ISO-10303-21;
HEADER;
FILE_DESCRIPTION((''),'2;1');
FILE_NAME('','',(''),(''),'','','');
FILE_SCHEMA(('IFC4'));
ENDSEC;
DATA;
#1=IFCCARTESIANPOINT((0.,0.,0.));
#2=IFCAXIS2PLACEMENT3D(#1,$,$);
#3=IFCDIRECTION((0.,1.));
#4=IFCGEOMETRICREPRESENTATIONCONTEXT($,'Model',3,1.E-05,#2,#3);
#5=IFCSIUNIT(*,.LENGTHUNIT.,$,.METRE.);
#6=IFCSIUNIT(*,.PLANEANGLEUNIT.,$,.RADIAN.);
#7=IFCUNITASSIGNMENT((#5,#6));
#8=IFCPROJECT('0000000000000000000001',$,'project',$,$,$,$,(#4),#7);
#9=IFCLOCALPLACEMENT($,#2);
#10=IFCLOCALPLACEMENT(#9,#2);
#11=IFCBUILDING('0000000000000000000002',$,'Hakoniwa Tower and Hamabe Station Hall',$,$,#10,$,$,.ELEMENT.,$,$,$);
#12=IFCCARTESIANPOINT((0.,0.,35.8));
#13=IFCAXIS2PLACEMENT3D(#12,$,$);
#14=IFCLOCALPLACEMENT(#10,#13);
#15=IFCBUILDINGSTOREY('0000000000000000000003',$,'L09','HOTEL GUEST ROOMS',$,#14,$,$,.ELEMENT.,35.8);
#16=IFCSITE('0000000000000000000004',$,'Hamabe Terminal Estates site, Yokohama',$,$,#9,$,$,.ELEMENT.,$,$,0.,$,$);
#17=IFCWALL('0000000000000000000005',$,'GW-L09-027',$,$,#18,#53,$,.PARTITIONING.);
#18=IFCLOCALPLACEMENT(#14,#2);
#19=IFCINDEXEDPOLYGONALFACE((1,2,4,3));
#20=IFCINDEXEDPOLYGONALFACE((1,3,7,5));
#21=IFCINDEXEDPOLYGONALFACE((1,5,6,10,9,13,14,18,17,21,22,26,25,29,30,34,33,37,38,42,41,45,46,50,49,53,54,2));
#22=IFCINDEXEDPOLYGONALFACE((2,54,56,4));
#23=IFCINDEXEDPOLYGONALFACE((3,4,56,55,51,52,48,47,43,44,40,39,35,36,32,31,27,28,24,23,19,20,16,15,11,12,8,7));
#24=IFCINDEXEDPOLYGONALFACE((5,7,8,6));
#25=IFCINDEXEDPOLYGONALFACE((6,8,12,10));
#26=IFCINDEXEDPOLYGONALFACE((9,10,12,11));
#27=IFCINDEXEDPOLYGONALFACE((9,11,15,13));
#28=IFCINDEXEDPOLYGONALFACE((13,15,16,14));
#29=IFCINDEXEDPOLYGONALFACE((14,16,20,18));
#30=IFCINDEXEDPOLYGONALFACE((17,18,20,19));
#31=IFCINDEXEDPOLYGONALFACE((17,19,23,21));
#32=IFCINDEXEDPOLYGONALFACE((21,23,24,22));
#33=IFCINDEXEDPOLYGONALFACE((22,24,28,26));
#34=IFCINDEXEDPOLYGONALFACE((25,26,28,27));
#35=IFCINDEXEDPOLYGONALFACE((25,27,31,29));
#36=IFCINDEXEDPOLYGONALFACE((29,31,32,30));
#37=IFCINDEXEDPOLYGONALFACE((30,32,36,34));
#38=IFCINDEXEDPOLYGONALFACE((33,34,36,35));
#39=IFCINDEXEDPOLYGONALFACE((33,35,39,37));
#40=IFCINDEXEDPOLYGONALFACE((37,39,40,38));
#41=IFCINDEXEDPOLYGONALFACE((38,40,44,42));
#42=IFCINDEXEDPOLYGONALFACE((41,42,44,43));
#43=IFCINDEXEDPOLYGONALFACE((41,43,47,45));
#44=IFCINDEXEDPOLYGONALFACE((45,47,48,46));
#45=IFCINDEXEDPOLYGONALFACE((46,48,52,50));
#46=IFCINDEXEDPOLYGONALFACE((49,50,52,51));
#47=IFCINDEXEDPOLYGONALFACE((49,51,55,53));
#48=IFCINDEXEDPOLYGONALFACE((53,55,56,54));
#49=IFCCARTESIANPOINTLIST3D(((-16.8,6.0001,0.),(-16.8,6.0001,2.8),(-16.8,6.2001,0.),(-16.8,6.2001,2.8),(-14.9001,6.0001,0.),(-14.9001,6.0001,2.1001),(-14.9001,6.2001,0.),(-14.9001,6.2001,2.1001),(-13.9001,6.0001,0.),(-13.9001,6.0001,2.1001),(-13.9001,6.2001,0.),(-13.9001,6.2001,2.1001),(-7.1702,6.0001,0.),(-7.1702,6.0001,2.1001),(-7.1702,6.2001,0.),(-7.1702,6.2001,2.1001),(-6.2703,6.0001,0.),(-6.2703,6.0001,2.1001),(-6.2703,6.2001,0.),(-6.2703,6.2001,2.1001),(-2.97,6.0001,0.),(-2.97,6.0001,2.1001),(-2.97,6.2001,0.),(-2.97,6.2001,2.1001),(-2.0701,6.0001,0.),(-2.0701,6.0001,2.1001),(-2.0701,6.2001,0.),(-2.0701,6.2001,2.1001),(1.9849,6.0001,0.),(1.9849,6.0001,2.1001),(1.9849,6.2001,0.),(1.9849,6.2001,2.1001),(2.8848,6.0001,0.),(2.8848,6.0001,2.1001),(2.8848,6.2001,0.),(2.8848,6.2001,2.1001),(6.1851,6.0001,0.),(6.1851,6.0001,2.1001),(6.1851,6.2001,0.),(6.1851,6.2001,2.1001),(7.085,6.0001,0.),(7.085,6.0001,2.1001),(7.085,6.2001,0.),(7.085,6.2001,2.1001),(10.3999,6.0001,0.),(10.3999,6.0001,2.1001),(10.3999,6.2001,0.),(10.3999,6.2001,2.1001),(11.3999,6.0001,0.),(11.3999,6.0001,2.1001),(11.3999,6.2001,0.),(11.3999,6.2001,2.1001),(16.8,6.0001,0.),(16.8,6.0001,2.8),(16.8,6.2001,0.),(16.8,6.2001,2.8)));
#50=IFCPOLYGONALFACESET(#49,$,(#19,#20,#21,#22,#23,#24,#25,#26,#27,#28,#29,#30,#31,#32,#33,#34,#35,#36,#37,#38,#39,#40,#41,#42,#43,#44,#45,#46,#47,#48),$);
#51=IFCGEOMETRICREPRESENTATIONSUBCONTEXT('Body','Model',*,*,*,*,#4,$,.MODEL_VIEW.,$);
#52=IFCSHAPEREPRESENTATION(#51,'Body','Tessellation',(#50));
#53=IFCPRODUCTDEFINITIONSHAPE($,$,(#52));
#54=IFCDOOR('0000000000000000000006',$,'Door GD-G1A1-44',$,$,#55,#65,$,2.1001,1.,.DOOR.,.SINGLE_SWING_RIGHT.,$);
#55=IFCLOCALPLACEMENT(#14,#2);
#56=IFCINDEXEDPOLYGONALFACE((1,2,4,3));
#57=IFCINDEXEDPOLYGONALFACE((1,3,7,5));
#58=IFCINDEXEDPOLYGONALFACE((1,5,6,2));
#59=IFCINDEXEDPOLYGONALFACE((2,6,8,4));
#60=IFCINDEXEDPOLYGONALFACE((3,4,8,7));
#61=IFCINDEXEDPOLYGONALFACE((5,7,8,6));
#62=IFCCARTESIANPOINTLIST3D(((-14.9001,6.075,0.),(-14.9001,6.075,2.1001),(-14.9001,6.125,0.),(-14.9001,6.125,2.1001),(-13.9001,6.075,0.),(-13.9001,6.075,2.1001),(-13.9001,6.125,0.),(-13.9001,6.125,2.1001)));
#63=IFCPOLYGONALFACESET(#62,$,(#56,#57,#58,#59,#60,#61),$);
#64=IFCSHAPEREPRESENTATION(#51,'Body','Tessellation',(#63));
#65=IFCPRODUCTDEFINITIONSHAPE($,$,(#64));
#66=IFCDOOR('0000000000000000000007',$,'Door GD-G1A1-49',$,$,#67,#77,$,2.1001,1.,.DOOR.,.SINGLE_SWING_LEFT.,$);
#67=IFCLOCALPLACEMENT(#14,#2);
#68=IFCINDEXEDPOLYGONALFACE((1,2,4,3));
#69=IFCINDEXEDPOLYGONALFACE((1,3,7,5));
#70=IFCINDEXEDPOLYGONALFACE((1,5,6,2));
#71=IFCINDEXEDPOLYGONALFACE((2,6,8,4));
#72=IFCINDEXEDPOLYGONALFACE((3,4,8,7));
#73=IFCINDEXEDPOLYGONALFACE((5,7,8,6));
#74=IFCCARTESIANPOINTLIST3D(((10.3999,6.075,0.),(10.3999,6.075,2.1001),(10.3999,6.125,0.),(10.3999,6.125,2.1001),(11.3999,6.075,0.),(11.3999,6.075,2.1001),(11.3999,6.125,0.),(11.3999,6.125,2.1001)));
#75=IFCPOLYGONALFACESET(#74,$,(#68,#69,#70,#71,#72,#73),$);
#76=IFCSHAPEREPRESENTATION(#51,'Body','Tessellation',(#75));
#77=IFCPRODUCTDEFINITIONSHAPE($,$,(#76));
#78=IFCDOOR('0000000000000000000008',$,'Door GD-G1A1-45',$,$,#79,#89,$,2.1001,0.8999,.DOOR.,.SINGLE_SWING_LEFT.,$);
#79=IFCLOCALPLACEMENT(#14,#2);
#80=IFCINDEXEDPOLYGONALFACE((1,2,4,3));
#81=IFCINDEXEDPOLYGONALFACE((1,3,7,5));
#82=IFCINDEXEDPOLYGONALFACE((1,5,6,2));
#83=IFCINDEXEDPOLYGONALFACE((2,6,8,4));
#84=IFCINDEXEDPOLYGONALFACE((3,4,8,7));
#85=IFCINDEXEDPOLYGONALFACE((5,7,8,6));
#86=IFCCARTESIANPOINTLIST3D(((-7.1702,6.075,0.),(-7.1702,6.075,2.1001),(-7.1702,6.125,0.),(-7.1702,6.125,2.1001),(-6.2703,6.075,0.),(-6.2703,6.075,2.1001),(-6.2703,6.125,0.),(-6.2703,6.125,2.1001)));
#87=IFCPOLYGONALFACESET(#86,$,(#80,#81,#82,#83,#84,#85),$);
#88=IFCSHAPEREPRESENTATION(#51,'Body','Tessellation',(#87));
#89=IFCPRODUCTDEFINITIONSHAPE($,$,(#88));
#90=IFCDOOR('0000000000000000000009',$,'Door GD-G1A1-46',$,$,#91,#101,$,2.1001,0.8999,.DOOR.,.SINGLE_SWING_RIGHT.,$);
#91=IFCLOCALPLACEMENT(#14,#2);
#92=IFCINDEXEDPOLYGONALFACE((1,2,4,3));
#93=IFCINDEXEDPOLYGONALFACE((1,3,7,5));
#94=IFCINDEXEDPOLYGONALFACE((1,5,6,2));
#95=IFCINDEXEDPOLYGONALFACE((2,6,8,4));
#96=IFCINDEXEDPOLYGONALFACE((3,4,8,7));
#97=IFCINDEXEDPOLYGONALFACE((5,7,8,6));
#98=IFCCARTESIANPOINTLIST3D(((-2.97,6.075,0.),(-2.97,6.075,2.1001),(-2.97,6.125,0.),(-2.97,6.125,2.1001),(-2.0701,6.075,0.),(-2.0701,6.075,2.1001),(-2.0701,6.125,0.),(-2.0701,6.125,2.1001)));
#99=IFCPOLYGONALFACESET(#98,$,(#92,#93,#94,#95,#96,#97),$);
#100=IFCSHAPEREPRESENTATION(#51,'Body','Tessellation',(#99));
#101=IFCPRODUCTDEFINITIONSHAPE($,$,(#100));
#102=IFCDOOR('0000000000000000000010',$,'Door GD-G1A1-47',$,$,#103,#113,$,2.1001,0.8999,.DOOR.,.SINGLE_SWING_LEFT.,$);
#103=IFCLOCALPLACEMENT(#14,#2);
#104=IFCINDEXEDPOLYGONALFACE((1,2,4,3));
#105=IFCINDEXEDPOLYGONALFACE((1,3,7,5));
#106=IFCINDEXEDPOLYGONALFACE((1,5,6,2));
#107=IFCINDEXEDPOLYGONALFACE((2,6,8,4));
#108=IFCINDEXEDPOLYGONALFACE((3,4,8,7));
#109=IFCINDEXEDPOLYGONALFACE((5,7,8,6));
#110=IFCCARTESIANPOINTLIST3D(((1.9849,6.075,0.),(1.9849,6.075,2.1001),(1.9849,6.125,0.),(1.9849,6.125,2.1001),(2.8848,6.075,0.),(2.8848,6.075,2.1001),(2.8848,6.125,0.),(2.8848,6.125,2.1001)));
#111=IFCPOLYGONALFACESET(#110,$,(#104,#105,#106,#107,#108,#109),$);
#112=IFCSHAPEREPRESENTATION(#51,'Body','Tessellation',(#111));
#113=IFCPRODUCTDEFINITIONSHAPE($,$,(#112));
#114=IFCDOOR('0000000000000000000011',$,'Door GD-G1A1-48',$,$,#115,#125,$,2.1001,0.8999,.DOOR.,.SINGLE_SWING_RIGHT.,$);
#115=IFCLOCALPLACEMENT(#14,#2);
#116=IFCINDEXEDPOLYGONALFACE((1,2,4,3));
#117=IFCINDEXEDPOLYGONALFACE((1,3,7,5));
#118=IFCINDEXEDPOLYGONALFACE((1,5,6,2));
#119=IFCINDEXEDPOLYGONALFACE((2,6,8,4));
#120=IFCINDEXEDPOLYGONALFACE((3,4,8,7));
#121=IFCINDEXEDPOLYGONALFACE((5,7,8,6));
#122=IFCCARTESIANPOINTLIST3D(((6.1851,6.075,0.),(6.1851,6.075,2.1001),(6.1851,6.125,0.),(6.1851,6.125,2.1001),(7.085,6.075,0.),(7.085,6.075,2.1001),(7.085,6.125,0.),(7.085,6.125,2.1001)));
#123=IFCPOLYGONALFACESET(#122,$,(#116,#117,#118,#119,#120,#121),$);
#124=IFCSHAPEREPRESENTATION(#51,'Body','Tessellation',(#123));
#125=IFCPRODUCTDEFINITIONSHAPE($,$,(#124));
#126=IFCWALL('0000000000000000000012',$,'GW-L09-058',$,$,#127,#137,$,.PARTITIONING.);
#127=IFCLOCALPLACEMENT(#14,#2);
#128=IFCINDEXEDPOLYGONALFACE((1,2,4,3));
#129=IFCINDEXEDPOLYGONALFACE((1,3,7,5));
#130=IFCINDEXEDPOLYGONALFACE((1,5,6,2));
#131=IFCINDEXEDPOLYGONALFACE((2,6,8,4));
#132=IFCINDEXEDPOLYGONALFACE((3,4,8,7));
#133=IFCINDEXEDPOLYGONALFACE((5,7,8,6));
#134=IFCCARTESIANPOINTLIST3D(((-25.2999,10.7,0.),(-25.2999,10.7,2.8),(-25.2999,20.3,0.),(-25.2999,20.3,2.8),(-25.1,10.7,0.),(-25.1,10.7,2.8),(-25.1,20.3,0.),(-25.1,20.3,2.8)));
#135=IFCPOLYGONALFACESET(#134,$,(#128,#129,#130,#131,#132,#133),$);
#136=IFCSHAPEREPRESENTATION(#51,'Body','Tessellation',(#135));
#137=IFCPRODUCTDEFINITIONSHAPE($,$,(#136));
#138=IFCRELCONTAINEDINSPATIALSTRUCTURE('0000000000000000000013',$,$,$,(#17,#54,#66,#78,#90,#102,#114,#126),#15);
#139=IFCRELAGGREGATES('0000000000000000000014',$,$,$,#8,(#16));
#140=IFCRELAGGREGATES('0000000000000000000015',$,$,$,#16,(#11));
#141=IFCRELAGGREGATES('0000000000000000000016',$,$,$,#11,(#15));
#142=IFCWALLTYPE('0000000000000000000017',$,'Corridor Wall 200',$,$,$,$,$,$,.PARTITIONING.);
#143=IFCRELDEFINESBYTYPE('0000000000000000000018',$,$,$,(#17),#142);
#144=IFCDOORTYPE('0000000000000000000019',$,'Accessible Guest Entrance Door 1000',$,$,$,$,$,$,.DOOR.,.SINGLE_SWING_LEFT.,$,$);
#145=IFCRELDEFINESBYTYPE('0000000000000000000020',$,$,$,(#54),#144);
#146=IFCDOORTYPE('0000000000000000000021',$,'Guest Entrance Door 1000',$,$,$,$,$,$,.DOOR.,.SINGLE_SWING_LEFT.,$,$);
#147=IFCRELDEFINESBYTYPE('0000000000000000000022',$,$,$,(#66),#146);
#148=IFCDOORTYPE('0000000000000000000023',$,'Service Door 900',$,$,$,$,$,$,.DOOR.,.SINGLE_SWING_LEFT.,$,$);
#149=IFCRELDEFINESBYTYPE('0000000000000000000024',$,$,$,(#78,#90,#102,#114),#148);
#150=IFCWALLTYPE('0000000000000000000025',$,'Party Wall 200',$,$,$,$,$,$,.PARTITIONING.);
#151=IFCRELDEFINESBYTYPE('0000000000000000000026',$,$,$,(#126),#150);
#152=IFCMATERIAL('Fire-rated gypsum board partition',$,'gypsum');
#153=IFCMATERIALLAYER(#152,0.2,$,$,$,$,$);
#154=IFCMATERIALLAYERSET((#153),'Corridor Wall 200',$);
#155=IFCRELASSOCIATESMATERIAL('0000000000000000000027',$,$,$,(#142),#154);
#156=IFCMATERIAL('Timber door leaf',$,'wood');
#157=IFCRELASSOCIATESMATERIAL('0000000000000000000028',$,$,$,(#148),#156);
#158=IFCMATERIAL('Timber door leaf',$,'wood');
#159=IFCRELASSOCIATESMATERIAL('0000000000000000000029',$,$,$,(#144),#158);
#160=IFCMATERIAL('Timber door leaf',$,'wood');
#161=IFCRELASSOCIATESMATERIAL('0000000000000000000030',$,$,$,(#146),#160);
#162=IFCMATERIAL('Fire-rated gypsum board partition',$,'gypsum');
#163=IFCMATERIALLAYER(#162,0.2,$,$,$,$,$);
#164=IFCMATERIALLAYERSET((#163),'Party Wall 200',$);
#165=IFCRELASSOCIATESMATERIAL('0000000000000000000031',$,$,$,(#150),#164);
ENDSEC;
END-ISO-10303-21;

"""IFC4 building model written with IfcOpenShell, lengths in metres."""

from ifc_helpers import new_model, si_unit, direction, frame, frame_2d, origin, place, context, subcontext, project, spatial, rectangle, extrude, material, layer, layer_set, type_object, element, fill, save


model = new_model("IFC4")

# Units and contexts
model_context = context("Model", 3, precision=1e-05, world=origin(), true_north=direction((0.0, 1.0)))
body_context = subcontext(model_context, "Body", "Model", "MODEL_VIEW")
ifc_project = project(units=[si_unit("LENGTHUNIT", "METRE"), si_unit("PLANEANGLEUNIT", "RADIAN")], contexts=[model_context])

# Site, building, storey
site_placement = place(None, origin())
site = spatial("IfcSite", under=ifc_project, at=site_placement, Name="Hamabe Terminal Estates site, Yokohama", CompositionType="ELEMENT", RefElevation=0.0)
building_placement = place(site_placement, origin())
building = spatial("IfcBuilding", under=site, at=building_placement, Name="Hakoniwa Tower and Hamabe Station Hall", CompositionType="ELEMENT")
storey_placement = place(building_placement, frame((0.0, 0.0, 35.8)))
storey = spatial("IfcBuildingStorey", under=building, at=storey_placement, Name="L09", Description="HOTEL GUEST ROOMS", CompositionType="ELEMENT", Elevation=35.8)

# Wall, openings, doors
ifc_material_1 = material(Name="Fire-rated gypsum board partition", Category="gypsum")
ifc_layer_1 = layer(ifc_material_1, 0.2)
ifc_layer_set_1 = layer_set([ifc_layer_1], Name="Corridor Wall 200")
wall_type_1 = type_object("IfcWallType", Name="Corridor Wall 200", PredefinedType="PARTITIONING", material=ifc_layer_set_1)
ifc_material_2 = material(Name="Timber door leaf", Category="wood")
door_type_1 = type_object("IfcDoorType", Name="Service Door 900", OperationType="SINGLE_SWING_LEFT", PredefinedType="DOOR", material=ifc_material_2)
wall_1_placement = place(storey_placement, frame((-16.8, 6.1001, 0.0), z_axis=(0.0, 0.0, 1.0), x_axis=(1.0, 0.0, 0.0)))
wall_1 = element("IfcWall", 1, at=wall_1_placement, inside=storey, type_object=wall_type_1, Name="GW-L09-027", PredefinedType="PARTITIONING", context=body_context, shape_type="SweptSolid", body=[
    extrude(rectangle(XDim=33.6001, YDim=0.2, at=frame_2d((16.8, 0.0))), origin(), (0.0, 0.0, 1.0), 2.8),
])
opening_1_placement = place(wall_1_placement, frame((1.8999, 0.0, 0.0)))
opening_1 = element("IfcOpeningElement", 2, at=opening_1_placement, cuts=wall_1, PredefinedType="OPENING", context=body_context, shape_type="SweptSolid", body=[
    extrude(rectangle(XDim=1.0, YDim=2.1001, at=frame_2d((0.5, 1.05))), frame((0.0, 0.1099, 0.0), z_axis=(0.0, -1.0, 0.0), x_axis=(1.0, 0.0, 0.0)), (0.0, 0.0, 1.0), 0.22),
])
opening_2_placement = place(wall_1_placement, frame((9.6299, 0.0, 0.0)))
opening_2 = element("IfcOpeningElement", 3, at=opening_2_placement, cuts=wall_1, PredefinedType="OPENING", context=body_context, shape_type="SweptSolid", body=[
    extrude(rectangle(XDim=0.8999, YDim=2.1001, at=frame_2d((0.45, 1.05))), frame((0.0, 0.1099, 0.0), z_axis=(0.0, -1.0, 0.0), x_axis=(1.0, 0.0, 0.0)), (0.0, 0.0, 1.0), 0.22),
])
opening_3_placement = place(wall_1_placement, frame((13.8301, 0.0, 0.0)))
opening_3 = element("IfcOpeningElement", 4, at=opening_3_placement, cuts=wall_1, PredefinedType="OPENING", context=body_context, shape_type="SweptSolid", body=[
    extrude(rectangle(XDim=0.8999, YDim=2.1001, at=frame_2d((0.45, 1.05))), frame((0.0, 0.1099, 0.0), z_axis=(0.0, -1.0, 0.0), x_axis=(1.0, 0.0, 0.0)), (0.0, 0.0, 1.0), 0.22),
])
opening_4_placement = place(wall_1_placement, frame((18.7849, 0.0, 0.0)))
opening_4 = element("IfcOpeningElement", 5, at=opening_4_placement, cuts=wall_1, PredefinedType="OPENING", context=body_context, shape_type="SweptSolid", body=[
    extrude(rectangle(XDim=0.8999, YDim=2.1001, at=frame_2d((0.45, 1.05))), frame((0.0, 0.1099, 0.0), z_axis=(0.0, -1.0, 0.0), x_axis=(1.0, 0.0, 0.0)), (0.0, 0.0, 1.0), 0.22),
])
opening_5_placement = place(wall_1_placement, frame((22.9851, 0.0, 0.0)))
opening_5 = element("IfcOpeningElement", 6, at=opening_5_placement, cuts=wall_1, PredefinedType="OPENING", context=body_context, shape_type="SweptSolid", body=[
    extrude(rectangle(XDim=0.8999, YDim=2.1001, at=frame_2d((0.45, 1.05))), frame((0.0, 0.1099, 0.0), z_axis=(0.0, -1.0, 0.0), x_axis=(1.0, 0.0, 0.0)), (0.0, 0.0, 1.0), 0.22),
])
opening_6_placement = place(wall_1_placement, frame((27.2, 0.0, 0.0)))
opening_6 = element("IfcOpeningElement", 7, at=opening_6_placement, cuts=wall_1, PredefinedType="OPENING", context=body_context, shape_type="SweptSolid", body=[
    extrude(rectangle(XDim=1.0, YDim=2.1001, at=frame_2d((0.5, 1.05))), frame((0.0, 0.1099, 0.0), z_axis=(0.0, -1.0, 0.0), x_axis=(1.0, 0.0, 0.0)), (0.0, 0.0, 1.0), 0.22),
])
ifc_material_3 = material(Name="Timber door leaf", Category="wood")
door_type_2 = type_object("IfcDoorType", Name="Accessible Guest Entrance Door 1000", OperationType="SINGLE_SWING_LEFT", PredefinedType="DOOR", material=ifc_material_3)
door_1_placement = place(opening_1_placement, origin())
door_1 = element("IfcDoor", 8, at=door_1_placement, inside=storey, type_object=door_type_2, Name="Door GD-G1A1-44", OperationType="SINGLE_SWING_RIGHT", OverallHeight=2.1001, OverallWidth=1.0, PredefinedType="DOOR", context=body_context, shape_type="SweptSolid", body=[
    extrude(rectangle(XDim=1.0, YDim=2.1001, at=frame_2d((0.5, 1.05))), frame((0.0, 0.0249, 0.0), z_axis=(0.0, -1.0, 0.0), x_axis=(1.0, 0.0, 0.0)), (0.0, 0.0, 1.0), 0.05),
])
fill(opening_1, door_1)
ifc_material_4 = material(Name="Timber door leaf", Category="wood")
door_type_3 = type_object("IfcDoorType", Name="Guest Entrance Door 1000", OperationType="SINGLE_SWING_LEFT", PredefinedType="DOOR", material=ifc_material_4)
door_2_placement = place(opening_6_placement, origin())
door_2 = element("IfcDoor", 9, at=door_2_placement, inside=storey, type_object=door_type_3, Name="Door GD-G1A1-49", OperationType="SINGLE_SWING_LEFT", OverallHeight=2.1001, OverallWidth=1.0, PredefinedType="DOOR", context=body_context, shape_type="SweptSolid", body=[
    extrude(rectangle(XDim=1.0, YDim=2.1001, at=frame_2d((0.5, 1.05))), frame((0.0, 0.0249, 0.0), z_axis=(0.0, -1.0, 0.0), x_axis=(1.0, 0.0, 0.0)), (0.0, 0.0, 1.0), 0.05),
])
fill(opening_6, door_2)
door_3_placement = place(opening_2_placement, origin())
door_3 = element("IfcDoor", 10, at=door_3_placement, inside=storey, type_object=door_type_1, Name="Door GD-G1A1-45", OperationType="SINGLE_SWING_LEFT", OverallHeight=2.1001, OverallWidth=0.8999, PredefinedType="DOOR", context=body_context, shape_type="SweptSolid", body=[
    extrude(rectangle(XDim=0.8999, YDim=2.1001, at=frame_2d((0.45, 1.05))), frame((0.0, 0.0249, 0.0), z_axis=(0.0, -1.0, 0.0), x_axis=(1.0, 0.0, 0.0)), (0.0, 0.0, 1.0), 0.05),
])
fill(opening_2, door_3)
door_4_placement = place(opening_3_placement, origin())
door_4 = element("IfcDoor", 11, at=door_4_placement, inside=storey, type_object=door_type_1, Name="Door GD-G1A1-46", OperationType="SINGLE_SWING_RIGHT", OverallHeight=2.1001, OverallWidth=0.8999, PredefinedType="DOOR", context=body_context, shape_type="SweptSolid", body=[
    extrude(rectangle(XDim=0.8999, YDim=2.1001, at=frame_2d((0.45, 1.05))), frame((0.0, 0.0249, 0.0), z_axis=(0.0, -1.0, 0.0), x_axis=(1.0, 0.0, 0.0)), (0.0, 0.0, 1.0), 0.05),
])
fill(opening_3, door_4)
door_5_placement = place(opening_4_placement, origin())
door_5 = element("IfcDoor", 12, at=door_5_placement, inside=storey, type_object=door_type_1, Name="Door GD-G1A1-47", OperationType="SINGLE_SWING_LEFT", OverallHeight=2.1001, OverallWidth=0.8999, PredefinedType="DOOR", context=body_context, shape_type="SweptSolid", body=[
    extrude(rectangle(XDim=0.8999, YDim=2.1001, at=frame_2d((0.45, 1.05))), frame((0.0, 0.0249, 0.0), z_axis=(0.0, -1.0, 0.0), x_axis=(1.0, 0.0, 0.0)), (0.0, 0.0, 1.0), 0.05),
])
fill(opening_4, door_5)
door_6_placement = place(opening_5_placement, origin())
door_6 = element("IfcDoor", 13, at=door_6_placement, inside=storey, type_object=door_type_1, Name="Door GD-G1A1-48", OperationType="SINGLE_SWING_RIGHT", OverallHeight=2.1001, OverallWidth=0.8999, PredefinedType="DOOR", context=body_context, shape_type="SweptSolid", body=[
    extrude(rectangle(XDim=0.8999, YDim=2.1001, at=frame_2d((0.45, 1.05))), frame((0.0, 0.0249, 0.0), z_axis=(0.0, -1.0, 0.0), x_axis=(1.0, 0.0, 0.0)), (0.0, 0.0, 1.0), 0.05),
])
fill(opening_5, door_6)

# Wall
ifc_material_5 = material(Name="Fire-rated gypsum board partition", Category="gypsum")
ifc_layer_2 = layer(ifc_material_5, 0.2)
ifc_layer_set_2 = layer_set([ifc_layer_2], Name="Party Wall 200")
wall_type_2 = type_object("IfcWallType", Name="Party Wall 200", PredefinedType="PARTITIONING", material=ifc_layer_set_2)
wall_2_placement = place(storey_placement, frame((-25.2, 10.7, 0.0), z_axis=(0.0, 0.0, 1.0), x_axis=(0.0, 1.0, 0.0)))
element("IfcWall", 14, at=wall_2_placement, inside=storey, type_object=wall_type_2, Name="GW-L09-058", PredefinedType="PARTITIONING", context=body_context, shape_type="SweptSolid", body=[
    extrude(rectangle(XDim=9.6001, YDim=0.2, at=frame_2d((4.8, 0.0))), origin(), (0.0, 0.0, 1.0), 2.8),
])

save(model, "model.ifc")
